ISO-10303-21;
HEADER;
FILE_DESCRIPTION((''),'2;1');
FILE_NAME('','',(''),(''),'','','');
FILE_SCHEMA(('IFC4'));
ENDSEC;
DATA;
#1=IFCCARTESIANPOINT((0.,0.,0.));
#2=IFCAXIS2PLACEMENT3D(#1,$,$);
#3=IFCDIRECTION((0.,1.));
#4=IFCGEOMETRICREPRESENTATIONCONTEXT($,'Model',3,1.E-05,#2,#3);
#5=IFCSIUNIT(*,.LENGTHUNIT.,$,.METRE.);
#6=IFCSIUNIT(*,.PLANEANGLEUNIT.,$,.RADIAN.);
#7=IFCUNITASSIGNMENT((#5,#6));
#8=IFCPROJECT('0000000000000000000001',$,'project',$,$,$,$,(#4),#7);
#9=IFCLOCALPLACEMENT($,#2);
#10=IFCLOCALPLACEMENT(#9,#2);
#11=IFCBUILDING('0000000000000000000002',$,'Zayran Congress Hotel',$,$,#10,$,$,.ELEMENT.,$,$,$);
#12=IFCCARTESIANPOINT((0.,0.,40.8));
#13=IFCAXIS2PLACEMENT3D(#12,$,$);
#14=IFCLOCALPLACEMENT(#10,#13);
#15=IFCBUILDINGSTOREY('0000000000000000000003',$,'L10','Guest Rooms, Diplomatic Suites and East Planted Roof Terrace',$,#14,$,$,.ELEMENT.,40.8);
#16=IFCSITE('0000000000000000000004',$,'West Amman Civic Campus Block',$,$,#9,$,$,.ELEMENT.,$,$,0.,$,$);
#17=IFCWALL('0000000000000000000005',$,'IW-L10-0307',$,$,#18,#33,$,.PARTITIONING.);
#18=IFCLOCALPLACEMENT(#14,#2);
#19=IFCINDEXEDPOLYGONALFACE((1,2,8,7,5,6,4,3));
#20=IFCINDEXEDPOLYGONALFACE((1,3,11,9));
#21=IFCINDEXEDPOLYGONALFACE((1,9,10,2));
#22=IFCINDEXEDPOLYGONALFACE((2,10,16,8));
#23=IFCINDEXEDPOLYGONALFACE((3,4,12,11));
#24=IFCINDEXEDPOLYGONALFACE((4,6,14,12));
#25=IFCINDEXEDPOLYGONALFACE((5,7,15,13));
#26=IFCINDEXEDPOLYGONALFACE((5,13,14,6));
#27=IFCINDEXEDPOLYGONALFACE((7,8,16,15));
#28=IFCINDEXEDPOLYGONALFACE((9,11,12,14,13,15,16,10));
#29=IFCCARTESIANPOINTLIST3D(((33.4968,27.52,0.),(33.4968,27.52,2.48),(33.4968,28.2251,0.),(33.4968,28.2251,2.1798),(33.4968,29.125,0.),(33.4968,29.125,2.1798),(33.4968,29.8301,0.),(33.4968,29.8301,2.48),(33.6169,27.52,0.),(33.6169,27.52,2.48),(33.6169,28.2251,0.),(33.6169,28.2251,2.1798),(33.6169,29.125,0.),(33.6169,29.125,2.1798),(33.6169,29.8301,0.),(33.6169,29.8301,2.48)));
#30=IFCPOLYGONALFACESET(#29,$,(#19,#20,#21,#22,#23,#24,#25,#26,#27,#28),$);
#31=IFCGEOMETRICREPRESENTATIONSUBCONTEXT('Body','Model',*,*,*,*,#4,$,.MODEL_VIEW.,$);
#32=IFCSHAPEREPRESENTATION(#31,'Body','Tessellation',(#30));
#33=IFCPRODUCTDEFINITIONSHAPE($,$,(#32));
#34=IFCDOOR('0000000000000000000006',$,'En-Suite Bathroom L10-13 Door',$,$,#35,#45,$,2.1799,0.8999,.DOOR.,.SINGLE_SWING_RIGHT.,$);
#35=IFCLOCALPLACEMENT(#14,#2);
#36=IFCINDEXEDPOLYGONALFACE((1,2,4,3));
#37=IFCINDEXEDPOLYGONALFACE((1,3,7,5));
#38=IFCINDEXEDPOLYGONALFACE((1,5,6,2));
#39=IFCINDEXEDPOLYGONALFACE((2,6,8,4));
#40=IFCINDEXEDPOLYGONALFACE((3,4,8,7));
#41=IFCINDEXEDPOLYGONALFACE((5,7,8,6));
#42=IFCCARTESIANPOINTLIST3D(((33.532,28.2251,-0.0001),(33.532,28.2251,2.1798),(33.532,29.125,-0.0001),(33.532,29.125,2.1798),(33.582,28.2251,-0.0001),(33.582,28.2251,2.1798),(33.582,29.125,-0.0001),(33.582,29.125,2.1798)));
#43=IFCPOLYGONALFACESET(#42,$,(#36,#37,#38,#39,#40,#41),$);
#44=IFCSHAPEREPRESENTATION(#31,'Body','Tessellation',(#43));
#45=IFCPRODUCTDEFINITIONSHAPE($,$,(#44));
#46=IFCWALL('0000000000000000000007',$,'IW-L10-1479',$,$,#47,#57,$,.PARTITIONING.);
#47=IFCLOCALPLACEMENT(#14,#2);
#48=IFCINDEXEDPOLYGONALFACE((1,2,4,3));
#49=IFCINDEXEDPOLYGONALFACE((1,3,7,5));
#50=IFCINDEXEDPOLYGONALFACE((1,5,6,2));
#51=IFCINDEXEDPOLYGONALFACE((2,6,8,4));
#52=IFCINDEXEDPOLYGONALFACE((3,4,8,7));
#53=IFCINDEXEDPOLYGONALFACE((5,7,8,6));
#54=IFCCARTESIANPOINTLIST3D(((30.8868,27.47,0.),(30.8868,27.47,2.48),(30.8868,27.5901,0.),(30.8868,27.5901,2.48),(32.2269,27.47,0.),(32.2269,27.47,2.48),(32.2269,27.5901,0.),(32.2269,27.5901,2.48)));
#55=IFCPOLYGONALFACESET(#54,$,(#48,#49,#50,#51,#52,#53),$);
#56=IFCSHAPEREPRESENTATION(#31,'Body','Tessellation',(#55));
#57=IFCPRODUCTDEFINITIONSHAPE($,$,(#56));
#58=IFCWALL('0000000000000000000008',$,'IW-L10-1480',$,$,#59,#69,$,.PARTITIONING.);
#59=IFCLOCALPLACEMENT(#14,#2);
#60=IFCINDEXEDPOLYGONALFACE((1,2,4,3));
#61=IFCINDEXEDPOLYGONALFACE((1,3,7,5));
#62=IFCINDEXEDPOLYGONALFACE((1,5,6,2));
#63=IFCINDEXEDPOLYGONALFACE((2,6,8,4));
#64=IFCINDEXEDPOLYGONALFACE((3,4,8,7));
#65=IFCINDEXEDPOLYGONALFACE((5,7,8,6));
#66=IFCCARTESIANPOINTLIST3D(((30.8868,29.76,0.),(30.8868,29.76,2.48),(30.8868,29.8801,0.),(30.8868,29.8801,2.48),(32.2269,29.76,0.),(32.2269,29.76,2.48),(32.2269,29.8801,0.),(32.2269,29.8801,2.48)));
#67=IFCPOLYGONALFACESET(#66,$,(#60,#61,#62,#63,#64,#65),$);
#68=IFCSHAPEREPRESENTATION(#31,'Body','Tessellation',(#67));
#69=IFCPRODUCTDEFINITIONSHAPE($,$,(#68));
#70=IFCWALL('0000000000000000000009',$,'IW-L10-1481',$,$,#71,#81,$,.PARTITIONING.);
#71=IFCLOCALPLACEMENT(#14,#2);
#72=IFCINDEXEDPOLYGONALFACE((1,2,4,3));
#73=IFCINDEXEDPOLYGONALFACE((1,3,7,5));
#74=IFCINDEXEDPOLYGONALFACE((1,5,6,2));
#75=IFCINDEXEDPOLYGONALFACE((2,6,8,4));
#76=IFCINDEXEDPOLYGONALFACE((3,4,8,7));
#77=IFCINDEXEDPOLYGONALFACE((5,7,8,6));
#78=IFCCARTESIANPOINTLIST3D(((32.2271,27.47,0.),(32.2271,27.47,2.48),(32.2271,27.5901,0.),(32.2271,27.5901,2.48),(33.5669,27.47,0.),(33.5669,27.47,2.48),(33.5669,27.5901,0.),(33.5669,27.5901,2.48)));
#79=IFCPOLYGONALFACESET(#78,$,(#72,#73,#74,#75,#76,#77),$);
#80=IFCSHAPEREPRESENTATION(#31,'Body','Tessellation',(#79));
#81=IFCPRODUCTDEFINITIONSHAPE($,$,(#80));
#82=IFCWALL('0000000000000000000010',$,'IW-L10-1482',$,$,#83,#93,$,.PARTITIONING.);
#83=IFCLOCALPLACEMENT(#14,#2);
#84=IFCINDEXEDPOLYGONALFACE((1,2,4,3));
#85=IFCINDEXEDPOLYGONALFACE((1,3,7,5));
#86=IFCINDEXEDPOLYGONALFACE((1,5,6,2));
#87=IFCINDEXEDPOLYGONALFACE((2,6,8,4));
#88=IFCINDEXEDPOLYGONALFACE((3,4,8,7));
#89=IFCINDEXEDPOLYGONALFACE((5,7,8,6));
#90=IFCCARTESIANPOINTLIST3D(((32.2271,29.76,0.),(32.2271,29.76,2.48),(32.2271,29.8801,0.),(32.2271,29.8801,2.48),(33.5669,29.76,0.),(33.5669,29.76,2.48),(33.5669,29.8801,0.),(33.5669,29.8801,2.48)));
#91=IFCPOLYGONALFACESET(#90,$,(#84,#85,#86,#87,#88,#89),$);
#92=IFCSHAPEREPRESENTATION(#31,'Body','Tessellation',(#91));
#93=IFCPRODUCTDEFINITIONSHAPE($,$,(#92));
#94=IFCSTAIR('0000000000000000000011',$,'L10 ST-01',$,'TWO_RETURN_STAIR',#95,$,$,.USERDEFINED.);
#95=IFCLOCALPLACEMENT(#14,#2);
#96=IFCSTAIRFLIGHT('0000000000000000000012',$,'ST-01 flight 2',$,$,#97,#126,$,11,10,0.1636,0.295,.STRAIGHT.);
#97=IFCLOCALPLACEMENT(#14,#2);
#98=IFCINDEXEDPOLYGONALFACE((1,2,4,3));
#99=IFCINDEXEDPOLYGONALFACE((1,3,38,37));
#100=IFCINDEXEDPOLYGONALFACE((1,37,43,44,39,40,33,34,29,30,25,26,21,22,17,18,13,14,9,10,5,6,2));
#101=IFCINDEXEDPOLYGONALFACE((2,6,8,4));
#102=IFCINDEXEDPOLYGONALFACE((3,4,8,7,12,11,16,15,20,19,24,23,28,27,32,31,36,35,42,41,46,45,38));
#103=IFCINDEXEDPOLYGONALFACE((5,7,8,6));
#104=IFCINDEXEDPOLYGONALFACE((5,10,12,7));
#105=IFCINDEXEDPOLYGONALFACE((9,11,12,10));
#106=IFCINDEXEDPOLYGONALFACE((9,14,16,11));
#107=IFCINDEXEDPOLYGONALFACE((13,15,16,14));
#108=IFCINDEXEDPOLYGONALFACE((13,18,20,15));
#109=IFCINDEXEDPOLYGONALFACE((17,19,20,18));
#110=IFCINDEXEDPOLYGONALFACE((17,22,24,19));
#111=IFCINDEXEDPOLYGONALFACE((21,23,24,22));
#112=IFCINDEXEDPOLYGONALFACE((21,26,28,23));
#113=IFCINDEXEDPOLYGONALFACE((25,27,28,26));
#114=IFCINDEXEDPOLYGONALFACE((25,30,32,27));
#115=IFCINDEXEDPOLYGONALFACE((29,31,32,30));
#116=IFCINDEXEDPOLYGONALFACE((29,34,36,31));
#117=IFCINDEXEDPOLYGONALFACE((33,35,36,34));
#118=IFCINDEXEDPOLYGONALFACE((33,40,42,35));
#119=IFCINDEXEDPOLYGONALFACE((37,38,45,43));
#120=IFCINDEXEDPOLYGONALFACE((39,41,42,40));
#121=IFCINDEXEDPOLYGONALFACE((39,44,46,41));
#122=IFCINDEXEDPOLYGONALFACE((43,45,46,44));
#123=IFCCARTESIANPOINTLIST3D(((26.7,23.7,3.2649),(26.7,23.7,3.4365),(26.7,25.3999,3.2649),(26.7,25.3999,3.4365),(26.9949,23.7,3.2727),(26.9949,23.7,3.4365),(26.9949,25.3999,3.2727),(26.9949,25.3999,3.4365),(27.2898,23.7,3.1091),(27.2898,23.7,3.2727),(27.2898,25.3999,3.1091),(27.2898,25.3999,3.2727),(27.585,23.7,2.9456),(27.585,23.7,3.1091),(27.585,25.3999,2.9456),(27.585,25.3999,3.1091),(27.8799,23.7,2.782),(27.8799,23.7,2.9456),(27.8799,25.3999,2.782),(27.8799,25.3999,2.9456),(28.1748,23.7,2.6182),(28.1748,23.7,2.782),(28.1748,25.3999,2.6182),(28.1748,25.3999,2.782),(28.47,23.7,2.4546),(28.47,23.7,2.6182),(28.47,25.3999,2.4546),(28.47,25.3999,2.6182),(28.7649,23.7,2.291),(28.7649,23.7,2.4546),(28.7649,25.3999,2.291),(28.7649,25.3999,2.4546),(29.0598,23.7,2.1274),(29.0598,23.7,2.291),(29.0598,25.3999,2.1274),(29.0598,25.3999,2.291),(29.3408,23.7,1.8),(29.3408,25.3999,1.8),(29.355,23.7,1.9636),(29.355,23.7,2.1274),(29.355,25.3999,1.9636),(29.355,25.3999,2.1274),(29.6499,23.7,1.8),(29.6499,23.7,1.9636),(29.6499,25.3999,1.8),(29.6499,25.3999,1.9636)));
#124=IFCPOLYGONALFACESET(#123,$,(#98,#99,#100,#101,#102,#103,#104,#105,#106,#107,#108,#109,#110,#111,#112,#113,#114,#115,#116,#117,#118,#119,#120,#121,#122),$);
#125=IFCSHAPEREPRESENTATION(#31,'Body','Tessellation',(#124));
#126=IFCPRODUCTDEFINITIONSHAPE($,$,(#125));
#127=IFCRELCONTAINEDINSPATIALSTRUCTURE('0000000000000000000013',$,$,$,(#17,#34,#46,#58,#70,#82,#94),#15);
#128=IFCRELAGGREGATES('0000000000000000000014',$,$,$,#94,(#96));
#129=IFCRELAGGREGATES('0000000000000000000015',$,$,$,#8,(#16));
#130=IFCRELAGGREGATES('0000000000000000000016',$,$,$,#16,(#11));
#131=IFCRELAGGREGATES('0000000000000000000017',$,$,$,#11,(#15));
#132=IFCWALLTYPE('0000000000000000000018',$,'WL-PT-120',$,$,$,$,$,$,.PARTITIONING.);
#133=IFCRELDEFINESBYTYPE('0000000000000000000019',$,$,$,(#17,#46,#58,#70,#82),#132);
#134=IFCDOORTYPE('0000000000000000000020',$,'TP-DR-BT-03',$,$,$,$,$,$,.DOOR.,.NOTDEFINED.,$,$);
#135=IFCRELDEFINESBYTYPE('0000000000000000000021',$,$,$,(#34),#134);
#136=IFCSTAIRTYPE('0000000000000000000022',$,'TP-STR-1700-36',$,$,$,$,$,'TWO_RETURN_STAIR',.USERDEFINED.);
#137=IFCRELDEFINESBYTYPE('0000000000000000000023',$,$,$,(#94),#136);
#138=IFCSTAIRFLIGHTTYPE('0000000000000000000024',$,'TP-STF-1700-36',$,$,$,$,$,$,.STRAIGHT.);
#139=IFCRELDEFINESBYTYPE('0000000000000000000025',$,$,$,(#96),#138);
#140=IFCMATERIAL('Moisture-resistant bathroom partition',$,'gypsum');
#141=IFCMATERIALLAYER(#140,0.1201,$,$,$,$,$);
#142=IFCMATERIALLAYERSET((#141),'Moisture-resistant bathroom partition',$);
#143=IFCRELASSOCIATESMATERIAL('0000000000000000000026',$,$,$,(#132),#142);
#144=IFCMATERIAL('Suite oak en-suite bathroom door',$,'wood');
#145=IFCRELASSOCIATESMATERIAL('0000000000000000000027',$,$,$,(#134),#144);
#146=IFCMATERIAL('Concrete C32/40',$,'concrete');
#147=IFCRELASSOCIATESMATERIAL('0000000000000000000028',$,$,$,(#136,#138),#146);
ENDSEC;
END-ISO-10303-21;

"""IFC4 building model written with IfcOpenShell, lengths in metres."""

from ifc_helpers import new_model, si_unit, direction, frame, frame_2d, origin, place, context, subcontext, project, spatial, polyline, rectangle, outline, extrude, material, layer, layer_set, type_object, element, fill, aggregate, save


model = new_model("IFC4")

# Units and contexts
model_context = context("Model", 3, precision=1e-05, world=origin(), true_north=direction((0.0, 1.0)))
body_context = subcontext(model_context, "Body", "Model", "MODEL_VIEW")
ifc_project = project(units=[si_unit("LENGTHUNIT", "METRE"), si_unit("PLANEANGLEUNIT", "RADIAN")], contexts=[model_context])

# Site, building, storey
site_placement = place(None, origin())
site = spatial("IfcSite", under=ifc_project, at=site_placement, Name="West Amman Civic Campus Block", CompositionType="ELEMENT", RefElevation=0.0)
building_placement = place(site_placement, origin())
building = spatial("IfcBuilding", under=site, at=building_placement, Name="Zayran Congress Hotel", CompositionType="ELEMENT")
storey_placement = place(building_placement, frame((0.0, 0.0, 40.8)))
storey = spatial("IfcBuildingStorey", under=building, at=storey_placement, Name="L10", Description="Guest Rooms, Diplomatic Suites and East Planted Roof Terrace", CompositionType="ELEMENT", Elevation=40.8)

# Wall, opening, door
ifc_material_1 = material(Name="Moisture-resistant bathroom partition", Category="gypsum")
ifc_layer_1 = layer(ifc_material_1, 0.1201)
ifc_layer_set_1 = layer_set([ifc_layer_1], Name="Moisture-resistant bathroom partition")
wall_type_1 = type_object("IfcWallType", Name="WL-PT-120", PredefinedType="PARTITIONING", material=ifc_layer_set_1)
ifc_material_2 = material(Name="Suite oak en-suite bathroom door", Category="wood")
door_type_1 = type_object("IfcDoorType", Name="TP-DR-BT-03", OperationType="NOTDEFINED", PredefinedType="DOOR", material=ifc_material_2)
wall_1_placement = place(storey_placement, frame((33.5569, 27.52, 0.0), z_axis=(0.0, 0.0, 1.0), x_axis=(0.0, 1.0, 0.0)))
wall_1 = element("IfcWall", 1, at=wall_1_placement, inside=storey, type_object=wall_type_1, Name="IW-L10-0307", PredefinedType="PARTITIONING", context=body_context, shape_type="SweptSolid", body=[
    extrude(rectangle(XDim=2.3101, YDim=0.1201, at=frame_2d((1.155, 0.0))), origin(), (0.0, 0.0, 1.0), 2.48),
])
opening_1_placement = place(wall_1_placement, frame((0.7051, 0.0, 0.0)))
opening_1 = element("IfcOpeningElement", 2, at=opening_1_placement, cuts=wall_1, PredefinedType="OPENING", context=body_context, shape_type="SweptSolid", body=[
    extrude(rectangle(XDim=0.8999, YDim=2.1799, at=frame_2d((0.45, 1.0898))), frame((0.0, 0.0701, 0.0), z_axis=(0.0, -1.0, 0.0), x_axis=(1.0, 0.0, 0.0)), (0.0, 0.0, 1.0), 0.1401),
])
door_1_placement = place(opening_1_placement, origin())
door_1 = element("IfcDoor", 3, at=door_1_placement, inside=storey, type_object=door_type_1, Name="En-Suite Bathroom L10-13 Door", OperationType="SINGLE_SWING_RIGHT", OverallHeight=2.1799, OverallWidth=0.8999, PredefinedType="DOOR", context=body_context, shape_type="SweptSolid", body=[
    extrude(rectangle(XDim=0.8999, YDim=2.1799, at=frame_2d((0.45, 1.0898))), frame((0.0, 0.0249, 0.0), z_axis=(0.0, -1.0, 0.0), x_axis=(1.0, 0.0, 0.0)), (0.0, 0.0, 1.0), 0.05),
])
fill(opening_1, door_1)

# Walls
for number, where, z_axis, x_axis, name in (
    (4, (30.887, 27.53, 0.0), (0.0, 0.0, 1.0), (1.0, 0.0, 0.0), "IW-L10-1479"),
    (5, (30.887, 29.8201, 0.0), (0.0, 0.0, 1.0), (1.0, 0.0, 0.0), "IW-L10-1480"),
):
    element("IfcWall", number, at=place(storey_placement, frame(where, z_axis=z_axis, x_axis=x_axis)), inside=storey, type_object=wall_type_1, Name=name, PredefinedType="PARTITIONING", context=body_context, shape_type="SweptSolid", body=[
        extrude(rectangle(XDim=1.3401, YDim=0.1201, at=frame_2d((0.6699, 0.0))), origin(), (0.0, 0.0, 1.0), 2.48),
    ])
for number, where, z_axis, x_axis, name in (
    (6, (32.2271, 27.53, 0.0), (0.0, 0.0, 1.0), (1.0, 0.0, 0.0), "IW-L10-1481"),
    (7, (32.2271, 29.8201, 0.0), (0.0, 0.0, 1.0), (1.0, 0.0, 0.0), "IW-L10-1482"),
):
    element("IfcWall", number, at=place(storey_placement, frame(where, z_axis=z_axis, x_axis=x_axis)), inside=storey, type_object=wall_type_1, Name=name, PredefinedType="PARTITIONING", context=body_context, shape_type="SweptSolid", body=[
        extrude(rectangle(XDim=1.3398, YDim=0.1201, at=frame_2d((0.6699, 0.0))), origin(), (0.0, 0.0, 1.0), 2.48),
    ])

# Stair, stair flight
ifc_material_3 = material(Name="Concrete C32/40", Category="concrete")
stair_type = type_object("IfcStairType", Name="TP-STR-1700-36", ElementType="TWO_RETURN_STAIR", PredefinedType="USERDEFINED", material=ifc_material_3)
stair_placement = place(storey_placement, origin())
stair = element("IfcStair", 8, at=stair_placement, inside=storey, type_object=stair_type, Name="L10 ST-01", ObjectType="TWO_RETURN_STAIR", PredefinedType="USERDEFINED")
stair_flight_type = type_object("IfcStairFlightType", Name="TP-STF-1700-36", PredefinedType="STRAIGHT", material=ifc_material_3)
stair_flight_placement = place(storey_placement, frame((29.6499, 24.55, 1.8), z_axis=(0.0, 0.0, 1.0), x_axis=(-1.0, 0.0, 0.0)))
stair_flight = element("IfcStairFlight", 9, at=stair_flight_placement, type_object=stair_flight_type, Name="ST-01 flight 2", NumberOfRisers=11, NumberOfTreads=10, PredefinedType="STRAIGHT", RiserHeight=0.1636, TreadLength=0.295, context=body_context, shape_type="SweptSolid", body=[
    extrude(outline(polyline([(0.0, 0.0), (0.0, 0.1636), (0.2949, 0.1636), (0.2949, 0.3274), (0.5901, 0.3274), (0.5901, 0.491), (0.885, 0.491), (0.885, 0.6545), (1.1799, 0.6545), (1.1799, 0.8181), (1.4751, 0.8181), (1.4751, 0.9819), (1.77, 0.9819), (1.77, 1.1455), (2.0649, 1.1455), (2.0649, 1.3091), (2.3601, 1.3091), (2.3601, 1.4727), (2.655, 1.4727), (2.655, 1.6365), (2.95, 1.6365), (2.95, 1.8), (2.95, 1.4648), (0.3091, 0.0), (0.0, 0.0)])), frame((0.0, 0.8501, 0.0), z_axis=(0.0, -1.0, 0.0), x_axis=(1.0, 0.0, 0.0)), (0.0, 0.0, 1.0), 1.7),
])
aggregate(stair, [stair_flight])

save(model, "model.ifc")
